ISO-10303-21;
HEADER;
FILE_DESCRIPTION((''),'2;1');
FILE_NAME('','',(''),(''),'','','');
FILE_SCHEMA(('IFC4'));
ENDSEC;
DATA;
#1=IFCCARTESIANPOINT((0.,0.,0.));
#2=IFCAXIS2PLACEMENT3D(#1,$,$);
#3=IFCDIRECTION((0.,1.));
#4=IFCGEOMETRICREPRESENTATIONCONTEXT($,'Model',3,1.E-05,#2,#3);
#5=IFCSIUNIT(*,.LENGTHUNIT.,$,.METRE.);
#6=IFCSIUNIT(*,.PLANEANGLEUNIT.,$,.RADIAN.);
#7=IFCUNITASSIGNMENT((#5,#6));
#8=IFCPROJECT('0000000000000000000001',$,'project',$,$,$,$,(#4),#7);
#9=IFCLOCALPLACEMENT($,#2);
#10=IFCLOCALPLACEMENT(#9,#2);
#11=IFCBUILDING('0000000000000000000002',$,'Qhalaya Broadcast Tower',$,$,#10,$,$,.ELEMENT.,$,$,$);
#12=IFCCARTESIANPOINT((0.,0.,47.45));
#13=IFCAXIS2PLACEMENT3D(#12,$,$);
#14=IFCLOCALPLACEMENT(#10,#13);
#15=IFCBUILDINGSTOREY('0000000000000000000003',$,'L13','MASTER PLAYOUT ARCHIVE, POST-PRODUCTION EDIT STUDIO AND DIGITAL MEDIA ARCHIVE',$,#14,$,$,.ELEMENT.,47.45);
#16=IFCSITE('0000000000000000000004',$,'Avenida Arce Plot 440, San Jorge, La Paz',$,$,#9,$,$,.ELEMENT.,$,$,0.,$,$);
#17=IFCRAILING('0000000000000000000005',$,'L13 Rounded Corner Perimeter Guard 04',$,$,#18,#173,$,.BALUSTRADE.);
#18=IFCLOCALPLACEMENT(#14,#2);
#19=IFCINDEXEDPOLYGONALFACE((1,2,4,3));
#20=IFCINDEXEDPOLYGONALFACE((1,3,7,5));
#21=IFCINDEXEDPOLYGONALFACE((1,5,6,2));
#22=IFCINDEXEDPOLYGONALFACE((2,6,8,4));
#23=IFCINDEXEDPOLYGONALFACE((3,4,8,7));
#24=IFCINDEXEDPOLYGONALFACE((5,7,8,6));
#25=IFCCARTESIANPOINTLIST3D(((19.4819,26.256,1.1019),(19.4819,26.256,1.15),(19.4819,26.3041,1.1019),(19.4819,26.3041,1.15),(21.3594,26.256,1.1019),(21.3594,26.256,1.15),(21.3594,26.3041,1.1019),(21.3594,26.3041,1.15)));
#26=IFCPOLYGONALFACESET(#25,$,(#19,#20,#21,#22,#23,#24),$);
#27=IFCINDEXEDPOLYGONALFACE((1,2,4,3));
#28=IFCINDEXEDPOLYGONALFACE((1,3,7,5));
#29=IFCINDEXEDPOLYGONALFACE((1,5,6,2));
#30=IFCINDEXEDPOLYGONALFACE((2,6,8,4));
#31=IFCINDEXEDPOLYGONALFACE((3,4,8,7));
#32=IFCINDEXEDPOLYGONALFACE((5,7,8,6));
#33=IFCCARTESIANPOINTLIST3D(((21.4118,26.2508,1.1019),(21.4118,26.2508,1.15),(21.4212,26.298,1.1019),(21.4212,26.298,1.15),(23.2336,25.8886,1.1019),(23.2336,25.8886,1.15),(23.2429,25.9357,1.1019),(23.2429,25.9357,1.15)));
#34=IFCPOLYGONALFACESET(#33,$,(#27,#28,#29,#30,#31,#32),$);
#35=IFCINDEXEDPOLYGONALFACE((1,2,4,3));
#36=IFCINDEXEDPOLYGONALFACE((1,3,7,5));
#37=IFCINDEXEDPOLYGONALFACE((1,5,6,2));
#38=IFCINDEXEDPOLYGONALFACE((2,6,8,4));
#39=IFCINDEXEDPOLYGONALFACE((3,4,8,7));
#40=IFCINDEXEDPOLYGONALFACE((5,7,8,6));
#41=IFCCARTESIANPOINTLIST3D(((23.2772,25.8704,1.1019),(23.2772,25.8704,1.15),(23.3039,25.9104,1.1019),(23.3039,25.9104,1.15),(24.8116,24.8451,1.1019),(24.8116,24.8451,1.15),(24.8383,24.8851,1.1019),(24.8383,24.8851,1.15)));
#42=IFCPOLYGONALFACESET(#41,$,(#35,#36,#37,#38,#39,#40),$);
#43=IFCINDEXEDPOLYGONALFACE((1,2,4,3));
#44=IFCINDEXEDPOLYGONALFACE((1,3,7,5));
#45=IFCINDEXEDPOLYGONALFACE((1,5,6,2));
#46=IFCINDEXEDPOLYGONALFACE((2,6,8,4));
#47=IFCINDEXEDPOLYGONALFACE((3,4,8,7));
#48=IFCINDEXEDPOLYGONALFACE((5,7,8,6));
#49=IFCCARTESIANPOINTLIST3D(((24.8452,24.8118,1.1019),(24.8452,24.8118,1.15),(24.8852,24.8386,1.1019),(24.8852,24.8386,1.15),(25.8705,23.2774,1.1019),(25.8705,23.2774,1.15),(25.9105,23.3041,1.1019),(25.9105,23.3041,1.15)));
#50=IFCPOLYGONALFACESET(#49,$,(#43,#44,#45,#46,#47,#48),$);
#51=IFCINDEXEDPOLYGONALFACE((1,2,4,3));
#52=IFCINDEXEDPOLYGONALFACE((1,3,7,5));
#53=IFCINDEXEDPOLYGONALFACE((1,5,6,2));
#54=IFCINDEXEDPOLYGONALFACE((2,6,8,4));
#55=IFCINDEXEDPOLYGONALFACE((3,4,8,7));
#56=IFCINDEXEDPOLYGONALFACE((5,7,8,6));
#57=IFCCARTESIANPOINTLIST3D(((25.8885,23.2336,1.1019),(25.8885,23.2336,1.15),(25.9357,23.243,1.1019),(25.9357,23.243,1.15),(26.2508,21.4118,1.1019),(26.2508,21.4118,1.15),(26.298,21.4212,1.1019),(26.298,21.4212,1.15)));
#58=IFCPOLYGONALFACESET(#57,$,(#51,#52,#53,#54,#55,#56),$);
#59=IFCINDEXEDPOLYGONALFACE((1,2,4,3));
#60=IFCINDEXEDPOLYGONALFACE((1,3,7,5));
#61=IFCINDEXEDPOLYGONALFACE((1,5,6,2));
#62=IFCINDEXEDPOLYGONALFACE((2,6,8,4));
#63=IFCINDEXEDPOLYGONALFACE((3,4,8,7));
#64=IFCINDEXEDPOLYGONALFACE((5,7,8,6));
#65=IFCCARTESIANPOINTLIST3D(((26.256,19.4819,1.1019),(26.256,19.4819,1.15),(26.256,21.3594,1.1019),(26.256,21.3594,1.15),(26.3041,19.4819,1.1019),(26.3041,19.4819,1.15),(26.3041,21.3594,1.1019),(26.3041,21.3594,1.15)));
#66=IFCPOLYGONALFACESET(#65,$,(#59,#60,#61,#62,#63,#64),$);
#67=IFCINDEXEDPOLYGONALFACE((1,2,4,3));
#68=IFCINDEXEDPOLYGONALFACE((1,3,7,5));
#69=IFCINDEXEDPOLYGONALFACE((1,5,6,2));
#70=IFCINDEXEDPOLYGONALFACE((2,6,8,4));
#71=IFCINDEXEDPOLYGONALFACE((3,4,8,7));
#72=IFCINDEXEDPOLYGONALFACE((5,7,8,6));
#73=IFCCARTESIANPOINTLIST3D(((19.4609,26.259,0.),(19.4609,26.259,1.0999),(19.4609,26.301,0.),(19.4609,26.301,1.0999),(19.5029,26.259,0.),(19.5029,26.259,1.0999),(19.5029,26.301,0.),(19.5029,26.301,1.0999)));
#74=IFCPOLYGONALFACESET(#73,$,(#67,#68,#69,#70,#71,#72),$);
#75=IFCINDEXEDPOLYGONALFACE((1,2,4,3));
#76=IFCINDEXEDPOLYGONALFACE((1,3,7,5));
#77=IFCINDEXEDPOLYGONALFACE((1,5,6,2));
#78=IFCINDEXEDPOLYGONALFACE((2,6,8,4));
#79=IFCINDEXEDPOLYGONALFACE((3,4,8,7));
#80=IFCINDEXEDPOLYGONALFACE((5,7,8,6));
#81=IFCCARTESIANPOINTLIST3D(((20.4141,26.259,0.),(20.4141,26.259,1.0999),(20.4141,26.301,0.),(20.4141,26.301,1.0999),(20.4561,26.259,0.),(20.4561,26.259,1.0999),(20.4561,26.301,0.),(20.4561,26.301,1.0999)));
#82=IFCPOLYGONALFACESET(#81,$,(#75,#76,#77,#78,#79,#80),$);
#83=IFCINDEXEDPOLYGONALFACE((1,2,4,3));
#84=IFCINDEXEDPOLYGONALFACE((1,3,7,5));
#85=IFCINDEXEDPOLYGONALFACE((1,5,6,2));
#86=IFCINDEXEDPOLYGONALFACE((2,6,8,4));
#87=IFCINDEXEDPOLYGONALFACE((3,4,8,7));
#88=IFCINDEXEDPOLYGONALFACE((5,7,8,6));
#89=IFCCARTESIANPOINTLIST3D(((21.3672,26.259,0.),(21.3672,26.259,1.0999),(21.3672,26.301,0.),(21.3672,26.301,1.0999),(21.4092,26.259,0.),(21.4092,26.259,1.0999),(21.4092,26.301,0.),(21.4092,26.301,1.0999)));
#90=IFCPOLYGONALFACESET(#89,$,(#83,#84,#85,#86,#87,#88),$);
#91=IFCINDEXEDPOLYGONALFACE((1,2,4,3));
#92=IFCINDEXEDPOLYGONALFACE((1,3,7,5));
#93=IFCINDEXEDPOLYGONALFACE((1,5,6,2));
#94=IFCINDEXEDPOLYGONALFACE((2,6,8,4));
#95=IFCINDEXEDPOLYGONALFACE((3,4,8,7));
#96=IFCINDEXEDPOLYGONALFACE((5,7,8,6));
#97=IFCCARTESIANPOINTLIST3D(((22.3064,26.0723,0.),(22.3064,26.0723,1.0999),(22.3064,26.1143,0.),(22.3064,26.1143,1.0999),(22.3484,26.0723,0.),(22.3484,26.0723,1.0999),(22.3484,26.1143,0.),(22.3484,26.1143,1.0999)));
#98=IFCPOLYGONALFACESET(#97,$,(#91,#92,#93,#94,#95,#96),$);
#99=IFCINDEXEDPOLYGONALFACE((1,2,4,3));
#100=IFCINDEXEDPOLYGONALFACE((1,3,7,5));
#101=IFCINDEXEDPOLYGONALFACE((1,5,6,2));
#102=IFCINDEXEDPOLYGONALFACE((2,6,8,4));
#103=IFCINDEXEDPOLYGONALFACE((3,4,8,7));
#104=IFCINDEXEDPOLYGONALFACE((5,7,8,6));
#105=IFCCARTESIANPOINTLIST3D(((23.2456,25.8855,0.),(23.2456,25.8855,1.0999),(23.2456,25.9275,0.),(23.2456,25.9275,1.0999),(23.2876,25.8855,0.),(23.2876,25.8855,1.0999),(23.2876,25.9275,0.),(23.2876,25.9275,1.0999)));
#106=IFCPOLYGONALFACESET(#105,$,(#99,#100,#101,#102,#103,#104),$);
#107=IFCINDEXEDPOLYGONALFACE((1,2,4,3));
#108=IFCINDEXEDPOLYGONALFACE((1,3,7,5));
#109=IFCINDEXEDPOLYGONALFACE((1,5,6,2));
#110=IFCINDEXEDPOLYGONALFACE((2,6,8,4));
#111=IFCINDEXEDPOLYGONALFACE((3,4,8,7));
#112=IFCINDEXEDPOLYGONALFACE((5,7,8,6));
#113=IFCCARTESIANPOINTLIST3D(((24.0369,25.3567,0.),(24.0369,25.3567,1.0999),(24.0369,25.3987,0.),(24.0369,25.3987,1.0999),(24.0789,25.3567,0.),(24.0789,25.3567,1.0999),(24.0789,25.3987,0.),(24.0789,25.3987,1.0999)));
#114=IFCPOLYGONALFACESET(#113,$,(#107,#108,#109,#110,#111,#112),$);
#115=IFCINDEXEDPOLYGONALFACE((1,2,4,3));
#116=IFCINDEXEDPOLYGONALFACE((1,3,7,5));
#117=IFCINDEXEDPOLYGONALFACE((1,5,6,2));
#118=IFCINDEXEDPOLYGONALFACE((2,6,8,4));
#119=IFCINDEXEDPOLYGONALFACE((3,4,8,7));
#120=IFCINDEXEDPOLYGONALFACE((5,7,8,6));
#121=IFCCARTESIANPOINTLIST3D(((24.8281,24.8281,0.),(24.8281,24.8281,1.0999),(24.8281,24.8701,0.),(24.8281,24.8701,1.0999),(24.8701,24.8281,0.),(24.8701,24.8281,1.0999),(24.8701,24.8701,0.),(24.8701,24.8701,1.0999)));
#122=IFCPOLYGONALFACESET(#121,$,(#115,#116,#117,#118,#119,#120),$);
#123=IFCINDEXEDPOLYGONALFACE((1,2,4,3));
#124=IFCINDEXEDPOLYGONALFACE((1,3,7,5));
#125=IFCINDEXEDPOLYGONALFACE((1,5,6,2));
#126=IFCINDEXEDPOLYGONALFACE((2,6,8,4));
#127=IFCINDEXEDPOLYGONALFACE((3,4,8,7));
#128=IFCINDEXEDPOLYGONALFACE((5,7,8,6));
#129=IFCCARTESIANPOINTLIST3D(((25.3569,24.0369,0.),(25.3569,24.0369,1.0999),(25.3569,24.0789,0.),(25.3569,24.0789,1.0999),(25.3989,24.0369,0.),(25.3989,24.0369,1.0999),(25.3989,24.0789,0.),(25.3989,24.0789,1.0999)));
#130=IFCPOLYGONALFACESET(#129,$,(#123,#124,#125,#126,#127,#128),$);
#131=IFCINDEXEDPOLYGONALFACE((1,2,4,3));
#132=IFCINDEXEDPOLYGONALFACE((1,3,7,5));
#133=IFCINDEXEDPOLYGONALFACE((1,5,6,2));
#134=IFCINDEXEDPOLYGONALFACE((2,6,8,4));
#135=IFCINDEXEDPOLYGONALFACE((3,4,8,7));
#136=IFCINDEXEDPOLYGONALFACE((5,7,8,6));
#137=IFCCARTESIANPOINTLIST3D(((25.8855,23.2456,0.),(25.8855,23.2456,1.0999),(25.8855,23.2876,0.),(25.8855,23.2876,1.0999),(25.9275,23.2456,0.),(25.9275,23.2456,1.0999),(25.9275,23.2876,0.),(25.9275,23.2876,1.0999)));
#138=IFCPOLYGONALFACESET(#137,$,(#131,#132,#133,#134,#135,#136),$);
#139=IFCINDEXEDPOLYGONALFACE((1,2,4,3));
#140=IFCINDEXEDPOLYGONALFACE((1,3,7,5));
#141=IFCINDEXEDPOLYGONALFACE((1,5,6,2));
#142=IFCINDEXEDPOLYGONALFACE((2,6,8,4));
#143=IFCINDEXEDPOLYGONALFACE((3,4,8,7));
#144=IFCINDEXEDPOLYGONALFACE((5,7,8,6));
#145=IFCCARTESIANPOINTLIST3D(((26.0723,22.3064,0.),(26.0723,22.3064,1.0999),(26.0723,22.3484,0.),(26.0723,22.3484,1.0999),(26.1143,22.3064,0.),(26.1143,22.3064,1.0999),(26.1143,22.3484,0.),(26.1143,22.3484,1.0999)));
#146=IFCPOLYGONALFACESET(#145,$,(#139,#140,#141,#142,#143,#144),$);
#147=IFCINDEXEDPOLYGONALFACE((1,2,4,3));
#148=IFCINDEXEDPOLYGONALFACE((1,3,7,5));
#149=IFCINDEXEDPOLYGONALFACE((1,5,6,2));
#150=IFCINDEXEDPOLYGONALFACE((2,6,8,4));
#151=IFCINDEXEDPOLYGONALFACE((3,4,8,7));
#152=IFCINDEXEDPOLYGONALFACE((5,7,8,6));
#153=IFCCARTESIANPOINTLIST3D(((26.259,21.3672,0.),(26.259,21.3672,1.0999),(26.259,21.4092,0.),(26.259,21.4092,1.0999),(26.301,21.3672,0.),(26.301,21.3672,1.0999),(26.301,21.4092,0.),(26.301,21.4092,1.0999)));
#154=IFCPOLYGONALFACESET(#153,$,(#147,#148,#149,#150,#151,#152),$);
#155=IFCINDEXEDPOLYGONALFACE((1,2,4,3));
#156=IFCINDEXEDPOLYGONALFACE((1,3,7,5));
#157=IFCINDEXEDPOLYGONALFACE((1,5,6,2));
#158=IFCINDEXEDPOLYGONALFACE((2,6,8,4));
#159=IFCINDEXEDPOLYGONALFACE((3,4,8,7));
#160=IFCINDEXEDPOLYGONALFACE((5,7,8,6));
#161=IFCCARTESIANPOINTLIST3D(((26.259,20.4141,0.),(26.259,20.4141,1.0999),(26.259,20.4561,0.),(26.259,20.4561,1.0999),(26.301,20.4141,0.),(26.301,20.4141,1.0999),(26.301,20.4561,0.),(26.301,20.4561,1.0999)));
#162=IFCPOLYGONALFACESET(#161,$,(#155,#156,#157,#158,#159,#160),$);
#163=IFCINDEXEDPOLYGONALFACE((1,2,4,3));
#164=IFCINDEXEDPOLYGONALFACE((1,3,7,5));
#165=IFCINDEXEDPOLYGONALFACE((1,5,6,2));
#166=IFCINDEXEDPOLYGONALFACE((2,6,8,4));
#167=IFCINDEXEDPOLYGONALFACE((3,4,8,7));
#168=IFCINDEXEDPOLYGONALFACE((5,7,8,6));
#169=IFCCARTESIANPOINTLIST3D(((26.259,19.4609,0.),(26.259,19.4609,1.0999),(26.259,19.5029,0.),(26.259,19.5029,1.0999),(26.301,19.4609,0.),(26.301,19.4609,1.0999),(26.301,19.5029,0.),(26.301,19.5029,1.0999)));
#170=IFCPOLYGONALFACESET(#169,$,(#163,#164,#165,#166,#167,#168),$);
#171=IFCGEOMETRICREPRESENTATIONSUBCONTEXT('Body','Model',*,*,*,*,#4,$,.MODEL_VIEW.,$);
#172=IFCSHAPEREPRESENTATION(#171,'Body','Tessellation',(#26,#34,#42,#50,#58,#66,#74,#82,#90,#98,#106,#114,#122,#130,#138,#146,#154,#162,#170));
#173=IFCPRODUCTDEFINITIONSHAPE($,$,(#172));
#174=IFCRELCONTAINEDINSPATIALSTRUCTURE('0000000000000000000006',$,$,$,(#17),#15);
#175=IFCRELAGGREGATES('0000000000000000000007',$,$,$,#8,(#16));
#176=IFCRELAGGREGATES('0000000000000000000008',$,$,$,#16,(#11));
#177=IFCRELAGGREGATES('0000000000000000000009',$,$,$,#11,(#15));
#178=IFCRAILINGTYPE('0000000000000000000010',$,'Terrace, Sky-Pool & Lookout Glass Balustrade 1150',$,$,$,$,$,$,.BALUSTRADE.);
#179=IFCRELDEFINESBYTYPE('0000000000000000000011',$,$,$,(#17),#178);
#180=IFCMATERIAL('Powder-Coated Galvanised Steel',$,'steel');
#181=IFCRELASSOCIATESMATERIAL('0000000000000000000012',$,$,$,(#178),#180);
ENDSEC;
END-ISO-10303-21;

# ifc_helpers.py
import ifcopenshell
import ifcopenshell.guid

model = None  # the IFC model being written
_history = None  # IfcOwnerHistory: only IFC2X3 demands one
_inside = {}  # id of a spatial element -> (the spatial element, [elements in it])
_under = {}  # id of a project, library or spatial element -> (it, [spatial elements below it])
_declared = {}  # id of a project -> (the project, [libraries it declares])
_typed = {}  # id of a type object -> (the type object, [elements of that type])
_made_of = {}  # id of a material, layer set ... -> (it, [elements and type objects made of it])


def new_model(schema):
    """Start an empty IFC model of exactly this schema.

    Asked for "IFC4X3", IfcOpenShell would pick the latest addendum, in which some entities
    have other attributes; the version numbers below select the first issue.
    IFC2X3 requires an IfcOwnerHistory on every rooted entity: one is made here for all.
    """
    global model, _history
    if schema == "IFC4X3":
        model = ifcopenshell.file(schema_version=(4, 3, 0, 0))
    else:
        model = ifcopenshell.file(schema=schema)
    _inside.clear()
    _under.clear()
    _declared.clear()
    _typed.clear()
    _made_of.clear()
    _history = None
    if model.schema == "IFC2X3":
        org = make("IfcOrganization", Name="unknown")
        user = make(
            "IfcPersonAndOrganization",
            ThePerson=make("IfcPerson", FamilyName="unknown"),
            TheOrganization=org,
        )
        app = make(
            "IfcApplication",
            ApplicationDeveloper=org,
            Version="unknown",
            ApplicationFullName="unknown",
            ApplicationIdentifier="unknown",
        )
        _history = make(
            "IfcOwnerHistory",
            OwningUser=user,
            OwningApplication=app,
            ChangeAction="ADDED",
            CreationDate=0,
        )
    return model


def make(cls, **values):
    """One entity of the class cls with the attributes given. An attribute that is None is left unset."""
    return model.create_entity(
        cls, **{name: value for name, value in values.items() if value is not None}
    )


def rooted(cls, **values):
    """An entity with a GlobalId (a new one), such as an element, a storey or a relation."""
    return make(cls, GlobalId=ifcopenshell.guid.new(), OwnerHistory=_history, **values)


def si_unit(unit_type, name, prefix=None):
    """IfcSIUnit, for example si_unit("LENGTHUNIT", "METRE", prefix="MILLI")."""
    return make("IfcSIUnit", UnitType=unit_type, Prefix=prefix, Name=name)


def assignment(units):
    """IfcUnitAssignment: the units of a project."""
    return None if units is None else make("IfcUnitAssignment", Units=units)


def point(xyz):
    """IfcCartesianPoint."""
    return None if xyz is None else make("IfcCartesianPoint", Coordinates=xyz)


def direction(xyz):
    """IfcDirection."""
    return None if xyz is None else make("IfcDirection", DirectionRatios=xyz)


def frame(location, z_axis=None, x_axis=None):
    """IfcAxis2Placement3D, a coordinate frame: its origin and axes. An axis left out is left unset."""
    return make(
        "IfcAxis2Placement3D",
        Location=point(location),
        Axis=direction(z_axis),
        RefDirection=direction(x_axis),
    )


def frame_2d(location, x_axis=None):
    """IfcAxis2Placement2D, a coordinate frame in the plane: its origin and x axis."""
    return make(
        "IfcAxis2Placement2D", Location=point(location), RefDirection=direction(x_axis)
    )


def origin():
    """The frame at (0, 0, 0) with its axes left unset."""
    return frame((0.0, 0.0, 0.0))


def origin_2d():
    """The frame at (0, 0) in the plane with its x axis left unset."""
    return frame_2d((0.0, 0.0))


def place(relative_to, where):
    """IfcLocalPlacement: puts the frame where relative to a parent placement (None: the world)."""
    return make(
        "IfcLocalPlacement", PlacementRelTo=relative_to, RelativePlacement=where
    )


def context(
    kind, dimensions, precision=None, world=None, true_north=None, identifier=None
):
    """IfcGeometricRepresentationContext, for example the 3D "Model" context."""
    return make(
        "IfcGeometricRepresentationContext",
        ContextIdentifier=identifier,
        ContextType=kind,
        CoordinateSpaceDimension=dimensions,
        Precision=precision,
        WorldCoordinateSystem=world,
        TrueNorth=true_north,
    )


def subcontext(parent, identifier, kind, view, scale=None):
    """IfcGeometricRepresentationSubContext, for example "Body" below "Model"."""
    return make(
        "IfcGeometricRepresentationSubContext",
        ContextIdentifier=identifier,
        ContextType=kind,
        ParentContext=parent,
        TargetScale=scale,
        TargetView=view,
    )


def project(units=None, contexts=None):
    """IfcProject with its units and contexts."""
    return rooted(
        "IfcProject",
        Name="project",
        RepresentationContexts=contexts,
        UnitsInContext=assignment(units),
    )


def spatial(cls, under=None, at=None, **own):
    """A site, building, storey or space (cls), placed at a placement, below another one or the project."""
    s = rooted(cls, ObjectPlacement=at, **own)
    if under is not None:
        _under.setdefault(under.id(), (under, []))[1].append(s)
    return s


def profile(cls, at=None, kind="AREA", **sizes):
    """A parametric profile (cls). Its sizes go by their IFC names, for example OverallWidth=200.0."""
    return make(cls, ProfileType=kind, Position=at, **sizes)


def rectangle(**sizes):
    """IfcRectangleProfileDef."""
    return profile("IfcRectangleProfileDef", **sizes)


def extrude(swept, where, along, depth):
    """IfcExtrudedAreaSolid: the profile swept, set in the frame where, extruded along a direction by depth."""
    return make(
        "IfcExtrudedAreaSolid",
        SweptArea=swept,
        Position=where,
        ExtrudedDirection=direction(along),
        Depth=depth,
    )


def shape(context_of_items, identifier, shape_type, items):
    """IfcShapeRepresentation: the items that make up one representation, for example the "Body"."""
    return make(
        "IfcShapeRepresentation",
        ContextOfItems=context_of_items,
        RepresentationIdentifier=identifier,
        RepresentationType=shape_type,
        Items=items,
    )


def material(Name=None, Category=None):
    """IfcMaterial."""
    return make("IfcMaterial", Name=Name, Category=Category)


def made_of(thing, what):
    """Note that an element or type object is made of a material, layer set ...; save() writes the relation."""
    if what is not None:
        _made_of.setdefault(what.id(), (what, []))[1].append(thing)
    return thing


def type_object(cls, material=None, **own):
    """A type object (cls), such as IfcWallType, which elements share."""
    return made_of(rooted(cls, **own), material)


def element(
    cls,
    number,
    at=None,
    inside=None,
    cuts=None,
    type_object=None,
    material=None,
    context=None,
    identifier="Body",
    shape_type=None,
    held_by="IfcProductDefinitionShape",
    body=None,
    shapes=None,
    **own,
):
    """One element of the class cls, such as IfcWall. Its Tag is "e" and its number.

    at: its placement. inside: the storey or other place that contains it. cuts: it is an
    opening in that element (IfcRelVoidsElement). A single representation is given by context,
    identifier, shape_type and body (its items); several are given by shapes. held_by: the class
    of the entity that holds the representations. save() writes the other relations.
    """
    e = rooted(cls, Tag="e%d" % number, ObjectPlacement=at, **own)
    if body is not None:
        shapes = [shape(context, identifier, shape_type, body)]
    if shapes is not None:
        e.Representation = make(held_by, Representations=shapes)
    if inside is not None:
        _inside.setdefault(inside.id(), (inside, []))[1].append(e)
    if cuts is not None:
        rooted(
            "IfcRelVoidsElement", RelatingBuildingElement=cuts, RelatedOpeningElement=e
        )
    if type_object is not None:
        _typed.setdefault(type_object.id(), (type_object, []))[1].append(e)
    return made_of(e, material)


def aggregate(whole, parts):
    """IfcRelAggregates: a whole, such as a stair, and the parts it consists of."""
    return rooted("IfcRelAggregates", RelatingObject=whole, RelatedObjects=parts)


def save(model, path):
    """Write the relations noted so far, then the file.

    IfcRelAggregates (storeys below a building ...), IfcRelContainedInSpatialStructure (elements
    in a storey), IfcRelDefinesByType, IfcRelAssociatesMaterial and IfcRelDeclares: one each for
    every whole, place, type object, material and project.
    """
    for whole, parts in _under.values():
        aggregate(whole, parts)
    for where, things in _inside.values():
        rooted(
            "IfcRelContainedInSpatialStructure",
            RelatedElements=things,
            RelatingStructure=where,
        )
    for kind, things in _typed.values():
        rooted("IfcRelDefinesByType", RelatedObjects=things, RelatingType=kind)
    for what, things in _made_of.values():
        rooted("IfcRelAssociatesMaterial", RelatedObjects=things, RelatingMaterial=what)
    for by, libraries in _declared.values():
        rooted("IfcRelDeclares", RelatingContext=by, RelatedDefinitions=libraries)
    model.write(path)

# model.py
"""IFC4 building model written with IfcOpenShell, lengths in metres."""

from ifc_helpers import new_model, si_unit, direction, frame, origin, origin_2d, place, context, subcontext, project, spatial, rectangle, extrude, material, type_object, element, save


model = new_model("IFC4")

# Units and contexts
model_context = context("Model", 3, precision=1e-05, world=origin(), true_north=direction((0.0, 1.0)))
body_context = subcontext(model_context, "Body", "Model", "MODEL_VIEW")
ifc_project = project(units=[si_unit("LENGTHUNIT", "METRE"), si_unit("PLANEANGLEUNIT", "RADIAN")], contexts=[model_context])

# Site, building, storey
site_placement = place(None, origin())
site = spatial("IfcSite", under=ifc_project, at=site_placement, Name="Avenida Arce Plot 440, San Jorge, La Paz", CompositionType="ELEMENT", RefElevation=0.0)
building_placement = place(site_placement, origin())
building = spatial("IfcBuilding", under=site, at=building_placement, Name="Qhalaya Broadcast Tower", CompositionType="ELEMENT")
storey_placement = place(building_placement, frame((0.0, 0.0, 47.45)))
storey = spatial("IfcBuildingStorey", under=building, at=storey_placement, Name="L13", Description="MASTER PLAYOUT ARCHIVE, POST-PRODUCTION EDIT STUDIO AND DIGITAL MEDIA ARCHIVE", CompositionType="ELEMENT", Elevation=47.45)

# Railing
ifc_material_1 = material(Name="Powder-Coated Galvanised Steel", Category="steel")
railing_type = type_object("IfcRailingType", Name="Terrace, Sky-Pool & Lookout Glass Balustrade 1150", PredefinedType="BALUSTRADE", material=ifc_material_1)
railing_placement = place(storey_placement, frame((19.4819, 26.28, 0.0)))
element("IfcRailing", 1, at=railing_placement, inside=storey, type_object=railing_type, Name="L13 Rounded Corner Perimeter Guard 04", PredefinedType="BALUSTRADE", context=body_context, shape_type="SweptSolid", body=[
    extrude(rectangle(XDim=0.0481, YDim=0.0481, at=origin_2d()), frame((0.0, 0.0, 1.126), z_axis=(1.0, 0.0, 0.0), x_axis=(0.0, 1.0, 0.0)), (0.0, 0.0, 1.0), 1.8774),
    extrude(rectangle(XDim=0.0481, YDim=0.0481, at=origin_2d()), frame((1.9346, -0.0056, 1.126), z_axis=(0.980796, -0.195037, 0.0), x_axis=(0.195037, 0.980796, 0.0)), (0.0, 0.0, 1.0), 1.8574),
    extrude(rectangle(XDim=0.0481, YDim=0.0481, at=origin_2d()), frame((3.8086, -0.3896, 1.126), z_axis=(0.831478, -0.555558, 0.0), x_axis=(0.555558, 0.831478, 0.0)), (0.0, 0.0, 1.0), 1.8455),
    extrude(rectangle(XDim=0.0481, YDim=0.0481, at=origin_2d()), frame((5.3833, -1.4548, 1.126), z_axis=(0.555558, -0.831478, 0.0), x_axis=(0.831478, 0.555558, 0.0)), (0.0, 0.0, 1.0), 1.8455),
    extrude(rectangle(XDim=0.0481, YDim=0.0481, at=origin_2d()), frame((6.4302, -3.0417, 1.126), z_axis=(0.195037, -0.980796, 0.0), x_axis=(0.980796, 0.195037, 0.0)), (0.0, 0.0, 1.0), 1.8574),
    extrude(rectangle(XDim=0.0481, YDim=0.0481, at=origin_2d()), frame((6.7981, -4.9207, 1.126), z_axis=(0.0, -1.0, 0.0), x_axis=(1.0, 0.0, 0.0)), (0.0, 0.0, 1.0), 1.8774),
    extrude(rectangle(XDim=0.042, YDim=0.042, at=origin_2d()), origin(), (0.0, 0.0, 1.0), 1.0999),
    extrude(rectangle(XDim=0.042, YDim=0.042, at=origin_2d()), frame((0.9531, 0.0, 0.0)), (0.0, 0.0, 1.0), 1.0999),
    extrude(rectangle(XDim=0.042, YDim=0.042, at=origin_2d()), frame((1.9062, 0.0, 0.0)), (0.0, 0.0, 1.0), 1.0999),
    extrude(rectangle(XDim=0.042, YDim=0.042, at=origin_2d()), frame((2.8455, -0.1868, 0.0)), (0.0, 0.0, 1.0), 1.0999),
    extrude(rectangle(XDim=0.042, YDim=0.042, at=origin_2d()), frame((3.7847, -0.3735, 0.0)), (0.0, 0.0, 1.0), 1.0999),
    extrude(rectangle(XDim=0.042, YDim=0.042, at=origin_2d()), frame((4.5759, -0.9023, 0.0)), (0.0, 0.0, 1.0), 1.0999),
    extrude(rectangle(XDim=0.042, YDim=0.042, at=origin_2d()), frame((5.3672, -1.4309, 0.0)), (0.0, 0.0, 1.0), 1.0999),
    extrude(rectangle(XDim=0.042, YDim=0.042, at=origin_2d()), frame((5.896, -2.2222, 0.0)), (0.0, 0.0, 1.0), 1.0999),
    extrude(rectangle(XDim=0.042, YDim=0.042, at=origin_2d()), frame((6.4246, -3.0134, 0.0)), (0.0, 0.0, 1.0), 1.0999),
    extrude(rectangle(XDim=0.042, YDim=0.042, at=origin_2d()), frame((6.6113, -3.9526, 0.0)), (0.0, 0.0, 1.0), 1.0999),
    extrude(rectangle(XDim=0.042, YDim=0.042, at=origin_2d()), frame((6.7981, -4.8918, 0.0)), (0.0, 0.0, 1.0), 1.0999),
    extrude(rectangle(XDim=0.042, YDim=0.042, at=origin_2d()), frame((6.7981, -5.845, 0.0)), (0.0, 0.0, 1.0), 1.0999),
    extrude(rectangle(XDim=0.042, YDim=0.042, at=origin_2d()), frame((6.7981, -6.7981, 0.0)), (0.0, 0.0, 1.0), 1.0999),
])

save(model, "model.ifc")
